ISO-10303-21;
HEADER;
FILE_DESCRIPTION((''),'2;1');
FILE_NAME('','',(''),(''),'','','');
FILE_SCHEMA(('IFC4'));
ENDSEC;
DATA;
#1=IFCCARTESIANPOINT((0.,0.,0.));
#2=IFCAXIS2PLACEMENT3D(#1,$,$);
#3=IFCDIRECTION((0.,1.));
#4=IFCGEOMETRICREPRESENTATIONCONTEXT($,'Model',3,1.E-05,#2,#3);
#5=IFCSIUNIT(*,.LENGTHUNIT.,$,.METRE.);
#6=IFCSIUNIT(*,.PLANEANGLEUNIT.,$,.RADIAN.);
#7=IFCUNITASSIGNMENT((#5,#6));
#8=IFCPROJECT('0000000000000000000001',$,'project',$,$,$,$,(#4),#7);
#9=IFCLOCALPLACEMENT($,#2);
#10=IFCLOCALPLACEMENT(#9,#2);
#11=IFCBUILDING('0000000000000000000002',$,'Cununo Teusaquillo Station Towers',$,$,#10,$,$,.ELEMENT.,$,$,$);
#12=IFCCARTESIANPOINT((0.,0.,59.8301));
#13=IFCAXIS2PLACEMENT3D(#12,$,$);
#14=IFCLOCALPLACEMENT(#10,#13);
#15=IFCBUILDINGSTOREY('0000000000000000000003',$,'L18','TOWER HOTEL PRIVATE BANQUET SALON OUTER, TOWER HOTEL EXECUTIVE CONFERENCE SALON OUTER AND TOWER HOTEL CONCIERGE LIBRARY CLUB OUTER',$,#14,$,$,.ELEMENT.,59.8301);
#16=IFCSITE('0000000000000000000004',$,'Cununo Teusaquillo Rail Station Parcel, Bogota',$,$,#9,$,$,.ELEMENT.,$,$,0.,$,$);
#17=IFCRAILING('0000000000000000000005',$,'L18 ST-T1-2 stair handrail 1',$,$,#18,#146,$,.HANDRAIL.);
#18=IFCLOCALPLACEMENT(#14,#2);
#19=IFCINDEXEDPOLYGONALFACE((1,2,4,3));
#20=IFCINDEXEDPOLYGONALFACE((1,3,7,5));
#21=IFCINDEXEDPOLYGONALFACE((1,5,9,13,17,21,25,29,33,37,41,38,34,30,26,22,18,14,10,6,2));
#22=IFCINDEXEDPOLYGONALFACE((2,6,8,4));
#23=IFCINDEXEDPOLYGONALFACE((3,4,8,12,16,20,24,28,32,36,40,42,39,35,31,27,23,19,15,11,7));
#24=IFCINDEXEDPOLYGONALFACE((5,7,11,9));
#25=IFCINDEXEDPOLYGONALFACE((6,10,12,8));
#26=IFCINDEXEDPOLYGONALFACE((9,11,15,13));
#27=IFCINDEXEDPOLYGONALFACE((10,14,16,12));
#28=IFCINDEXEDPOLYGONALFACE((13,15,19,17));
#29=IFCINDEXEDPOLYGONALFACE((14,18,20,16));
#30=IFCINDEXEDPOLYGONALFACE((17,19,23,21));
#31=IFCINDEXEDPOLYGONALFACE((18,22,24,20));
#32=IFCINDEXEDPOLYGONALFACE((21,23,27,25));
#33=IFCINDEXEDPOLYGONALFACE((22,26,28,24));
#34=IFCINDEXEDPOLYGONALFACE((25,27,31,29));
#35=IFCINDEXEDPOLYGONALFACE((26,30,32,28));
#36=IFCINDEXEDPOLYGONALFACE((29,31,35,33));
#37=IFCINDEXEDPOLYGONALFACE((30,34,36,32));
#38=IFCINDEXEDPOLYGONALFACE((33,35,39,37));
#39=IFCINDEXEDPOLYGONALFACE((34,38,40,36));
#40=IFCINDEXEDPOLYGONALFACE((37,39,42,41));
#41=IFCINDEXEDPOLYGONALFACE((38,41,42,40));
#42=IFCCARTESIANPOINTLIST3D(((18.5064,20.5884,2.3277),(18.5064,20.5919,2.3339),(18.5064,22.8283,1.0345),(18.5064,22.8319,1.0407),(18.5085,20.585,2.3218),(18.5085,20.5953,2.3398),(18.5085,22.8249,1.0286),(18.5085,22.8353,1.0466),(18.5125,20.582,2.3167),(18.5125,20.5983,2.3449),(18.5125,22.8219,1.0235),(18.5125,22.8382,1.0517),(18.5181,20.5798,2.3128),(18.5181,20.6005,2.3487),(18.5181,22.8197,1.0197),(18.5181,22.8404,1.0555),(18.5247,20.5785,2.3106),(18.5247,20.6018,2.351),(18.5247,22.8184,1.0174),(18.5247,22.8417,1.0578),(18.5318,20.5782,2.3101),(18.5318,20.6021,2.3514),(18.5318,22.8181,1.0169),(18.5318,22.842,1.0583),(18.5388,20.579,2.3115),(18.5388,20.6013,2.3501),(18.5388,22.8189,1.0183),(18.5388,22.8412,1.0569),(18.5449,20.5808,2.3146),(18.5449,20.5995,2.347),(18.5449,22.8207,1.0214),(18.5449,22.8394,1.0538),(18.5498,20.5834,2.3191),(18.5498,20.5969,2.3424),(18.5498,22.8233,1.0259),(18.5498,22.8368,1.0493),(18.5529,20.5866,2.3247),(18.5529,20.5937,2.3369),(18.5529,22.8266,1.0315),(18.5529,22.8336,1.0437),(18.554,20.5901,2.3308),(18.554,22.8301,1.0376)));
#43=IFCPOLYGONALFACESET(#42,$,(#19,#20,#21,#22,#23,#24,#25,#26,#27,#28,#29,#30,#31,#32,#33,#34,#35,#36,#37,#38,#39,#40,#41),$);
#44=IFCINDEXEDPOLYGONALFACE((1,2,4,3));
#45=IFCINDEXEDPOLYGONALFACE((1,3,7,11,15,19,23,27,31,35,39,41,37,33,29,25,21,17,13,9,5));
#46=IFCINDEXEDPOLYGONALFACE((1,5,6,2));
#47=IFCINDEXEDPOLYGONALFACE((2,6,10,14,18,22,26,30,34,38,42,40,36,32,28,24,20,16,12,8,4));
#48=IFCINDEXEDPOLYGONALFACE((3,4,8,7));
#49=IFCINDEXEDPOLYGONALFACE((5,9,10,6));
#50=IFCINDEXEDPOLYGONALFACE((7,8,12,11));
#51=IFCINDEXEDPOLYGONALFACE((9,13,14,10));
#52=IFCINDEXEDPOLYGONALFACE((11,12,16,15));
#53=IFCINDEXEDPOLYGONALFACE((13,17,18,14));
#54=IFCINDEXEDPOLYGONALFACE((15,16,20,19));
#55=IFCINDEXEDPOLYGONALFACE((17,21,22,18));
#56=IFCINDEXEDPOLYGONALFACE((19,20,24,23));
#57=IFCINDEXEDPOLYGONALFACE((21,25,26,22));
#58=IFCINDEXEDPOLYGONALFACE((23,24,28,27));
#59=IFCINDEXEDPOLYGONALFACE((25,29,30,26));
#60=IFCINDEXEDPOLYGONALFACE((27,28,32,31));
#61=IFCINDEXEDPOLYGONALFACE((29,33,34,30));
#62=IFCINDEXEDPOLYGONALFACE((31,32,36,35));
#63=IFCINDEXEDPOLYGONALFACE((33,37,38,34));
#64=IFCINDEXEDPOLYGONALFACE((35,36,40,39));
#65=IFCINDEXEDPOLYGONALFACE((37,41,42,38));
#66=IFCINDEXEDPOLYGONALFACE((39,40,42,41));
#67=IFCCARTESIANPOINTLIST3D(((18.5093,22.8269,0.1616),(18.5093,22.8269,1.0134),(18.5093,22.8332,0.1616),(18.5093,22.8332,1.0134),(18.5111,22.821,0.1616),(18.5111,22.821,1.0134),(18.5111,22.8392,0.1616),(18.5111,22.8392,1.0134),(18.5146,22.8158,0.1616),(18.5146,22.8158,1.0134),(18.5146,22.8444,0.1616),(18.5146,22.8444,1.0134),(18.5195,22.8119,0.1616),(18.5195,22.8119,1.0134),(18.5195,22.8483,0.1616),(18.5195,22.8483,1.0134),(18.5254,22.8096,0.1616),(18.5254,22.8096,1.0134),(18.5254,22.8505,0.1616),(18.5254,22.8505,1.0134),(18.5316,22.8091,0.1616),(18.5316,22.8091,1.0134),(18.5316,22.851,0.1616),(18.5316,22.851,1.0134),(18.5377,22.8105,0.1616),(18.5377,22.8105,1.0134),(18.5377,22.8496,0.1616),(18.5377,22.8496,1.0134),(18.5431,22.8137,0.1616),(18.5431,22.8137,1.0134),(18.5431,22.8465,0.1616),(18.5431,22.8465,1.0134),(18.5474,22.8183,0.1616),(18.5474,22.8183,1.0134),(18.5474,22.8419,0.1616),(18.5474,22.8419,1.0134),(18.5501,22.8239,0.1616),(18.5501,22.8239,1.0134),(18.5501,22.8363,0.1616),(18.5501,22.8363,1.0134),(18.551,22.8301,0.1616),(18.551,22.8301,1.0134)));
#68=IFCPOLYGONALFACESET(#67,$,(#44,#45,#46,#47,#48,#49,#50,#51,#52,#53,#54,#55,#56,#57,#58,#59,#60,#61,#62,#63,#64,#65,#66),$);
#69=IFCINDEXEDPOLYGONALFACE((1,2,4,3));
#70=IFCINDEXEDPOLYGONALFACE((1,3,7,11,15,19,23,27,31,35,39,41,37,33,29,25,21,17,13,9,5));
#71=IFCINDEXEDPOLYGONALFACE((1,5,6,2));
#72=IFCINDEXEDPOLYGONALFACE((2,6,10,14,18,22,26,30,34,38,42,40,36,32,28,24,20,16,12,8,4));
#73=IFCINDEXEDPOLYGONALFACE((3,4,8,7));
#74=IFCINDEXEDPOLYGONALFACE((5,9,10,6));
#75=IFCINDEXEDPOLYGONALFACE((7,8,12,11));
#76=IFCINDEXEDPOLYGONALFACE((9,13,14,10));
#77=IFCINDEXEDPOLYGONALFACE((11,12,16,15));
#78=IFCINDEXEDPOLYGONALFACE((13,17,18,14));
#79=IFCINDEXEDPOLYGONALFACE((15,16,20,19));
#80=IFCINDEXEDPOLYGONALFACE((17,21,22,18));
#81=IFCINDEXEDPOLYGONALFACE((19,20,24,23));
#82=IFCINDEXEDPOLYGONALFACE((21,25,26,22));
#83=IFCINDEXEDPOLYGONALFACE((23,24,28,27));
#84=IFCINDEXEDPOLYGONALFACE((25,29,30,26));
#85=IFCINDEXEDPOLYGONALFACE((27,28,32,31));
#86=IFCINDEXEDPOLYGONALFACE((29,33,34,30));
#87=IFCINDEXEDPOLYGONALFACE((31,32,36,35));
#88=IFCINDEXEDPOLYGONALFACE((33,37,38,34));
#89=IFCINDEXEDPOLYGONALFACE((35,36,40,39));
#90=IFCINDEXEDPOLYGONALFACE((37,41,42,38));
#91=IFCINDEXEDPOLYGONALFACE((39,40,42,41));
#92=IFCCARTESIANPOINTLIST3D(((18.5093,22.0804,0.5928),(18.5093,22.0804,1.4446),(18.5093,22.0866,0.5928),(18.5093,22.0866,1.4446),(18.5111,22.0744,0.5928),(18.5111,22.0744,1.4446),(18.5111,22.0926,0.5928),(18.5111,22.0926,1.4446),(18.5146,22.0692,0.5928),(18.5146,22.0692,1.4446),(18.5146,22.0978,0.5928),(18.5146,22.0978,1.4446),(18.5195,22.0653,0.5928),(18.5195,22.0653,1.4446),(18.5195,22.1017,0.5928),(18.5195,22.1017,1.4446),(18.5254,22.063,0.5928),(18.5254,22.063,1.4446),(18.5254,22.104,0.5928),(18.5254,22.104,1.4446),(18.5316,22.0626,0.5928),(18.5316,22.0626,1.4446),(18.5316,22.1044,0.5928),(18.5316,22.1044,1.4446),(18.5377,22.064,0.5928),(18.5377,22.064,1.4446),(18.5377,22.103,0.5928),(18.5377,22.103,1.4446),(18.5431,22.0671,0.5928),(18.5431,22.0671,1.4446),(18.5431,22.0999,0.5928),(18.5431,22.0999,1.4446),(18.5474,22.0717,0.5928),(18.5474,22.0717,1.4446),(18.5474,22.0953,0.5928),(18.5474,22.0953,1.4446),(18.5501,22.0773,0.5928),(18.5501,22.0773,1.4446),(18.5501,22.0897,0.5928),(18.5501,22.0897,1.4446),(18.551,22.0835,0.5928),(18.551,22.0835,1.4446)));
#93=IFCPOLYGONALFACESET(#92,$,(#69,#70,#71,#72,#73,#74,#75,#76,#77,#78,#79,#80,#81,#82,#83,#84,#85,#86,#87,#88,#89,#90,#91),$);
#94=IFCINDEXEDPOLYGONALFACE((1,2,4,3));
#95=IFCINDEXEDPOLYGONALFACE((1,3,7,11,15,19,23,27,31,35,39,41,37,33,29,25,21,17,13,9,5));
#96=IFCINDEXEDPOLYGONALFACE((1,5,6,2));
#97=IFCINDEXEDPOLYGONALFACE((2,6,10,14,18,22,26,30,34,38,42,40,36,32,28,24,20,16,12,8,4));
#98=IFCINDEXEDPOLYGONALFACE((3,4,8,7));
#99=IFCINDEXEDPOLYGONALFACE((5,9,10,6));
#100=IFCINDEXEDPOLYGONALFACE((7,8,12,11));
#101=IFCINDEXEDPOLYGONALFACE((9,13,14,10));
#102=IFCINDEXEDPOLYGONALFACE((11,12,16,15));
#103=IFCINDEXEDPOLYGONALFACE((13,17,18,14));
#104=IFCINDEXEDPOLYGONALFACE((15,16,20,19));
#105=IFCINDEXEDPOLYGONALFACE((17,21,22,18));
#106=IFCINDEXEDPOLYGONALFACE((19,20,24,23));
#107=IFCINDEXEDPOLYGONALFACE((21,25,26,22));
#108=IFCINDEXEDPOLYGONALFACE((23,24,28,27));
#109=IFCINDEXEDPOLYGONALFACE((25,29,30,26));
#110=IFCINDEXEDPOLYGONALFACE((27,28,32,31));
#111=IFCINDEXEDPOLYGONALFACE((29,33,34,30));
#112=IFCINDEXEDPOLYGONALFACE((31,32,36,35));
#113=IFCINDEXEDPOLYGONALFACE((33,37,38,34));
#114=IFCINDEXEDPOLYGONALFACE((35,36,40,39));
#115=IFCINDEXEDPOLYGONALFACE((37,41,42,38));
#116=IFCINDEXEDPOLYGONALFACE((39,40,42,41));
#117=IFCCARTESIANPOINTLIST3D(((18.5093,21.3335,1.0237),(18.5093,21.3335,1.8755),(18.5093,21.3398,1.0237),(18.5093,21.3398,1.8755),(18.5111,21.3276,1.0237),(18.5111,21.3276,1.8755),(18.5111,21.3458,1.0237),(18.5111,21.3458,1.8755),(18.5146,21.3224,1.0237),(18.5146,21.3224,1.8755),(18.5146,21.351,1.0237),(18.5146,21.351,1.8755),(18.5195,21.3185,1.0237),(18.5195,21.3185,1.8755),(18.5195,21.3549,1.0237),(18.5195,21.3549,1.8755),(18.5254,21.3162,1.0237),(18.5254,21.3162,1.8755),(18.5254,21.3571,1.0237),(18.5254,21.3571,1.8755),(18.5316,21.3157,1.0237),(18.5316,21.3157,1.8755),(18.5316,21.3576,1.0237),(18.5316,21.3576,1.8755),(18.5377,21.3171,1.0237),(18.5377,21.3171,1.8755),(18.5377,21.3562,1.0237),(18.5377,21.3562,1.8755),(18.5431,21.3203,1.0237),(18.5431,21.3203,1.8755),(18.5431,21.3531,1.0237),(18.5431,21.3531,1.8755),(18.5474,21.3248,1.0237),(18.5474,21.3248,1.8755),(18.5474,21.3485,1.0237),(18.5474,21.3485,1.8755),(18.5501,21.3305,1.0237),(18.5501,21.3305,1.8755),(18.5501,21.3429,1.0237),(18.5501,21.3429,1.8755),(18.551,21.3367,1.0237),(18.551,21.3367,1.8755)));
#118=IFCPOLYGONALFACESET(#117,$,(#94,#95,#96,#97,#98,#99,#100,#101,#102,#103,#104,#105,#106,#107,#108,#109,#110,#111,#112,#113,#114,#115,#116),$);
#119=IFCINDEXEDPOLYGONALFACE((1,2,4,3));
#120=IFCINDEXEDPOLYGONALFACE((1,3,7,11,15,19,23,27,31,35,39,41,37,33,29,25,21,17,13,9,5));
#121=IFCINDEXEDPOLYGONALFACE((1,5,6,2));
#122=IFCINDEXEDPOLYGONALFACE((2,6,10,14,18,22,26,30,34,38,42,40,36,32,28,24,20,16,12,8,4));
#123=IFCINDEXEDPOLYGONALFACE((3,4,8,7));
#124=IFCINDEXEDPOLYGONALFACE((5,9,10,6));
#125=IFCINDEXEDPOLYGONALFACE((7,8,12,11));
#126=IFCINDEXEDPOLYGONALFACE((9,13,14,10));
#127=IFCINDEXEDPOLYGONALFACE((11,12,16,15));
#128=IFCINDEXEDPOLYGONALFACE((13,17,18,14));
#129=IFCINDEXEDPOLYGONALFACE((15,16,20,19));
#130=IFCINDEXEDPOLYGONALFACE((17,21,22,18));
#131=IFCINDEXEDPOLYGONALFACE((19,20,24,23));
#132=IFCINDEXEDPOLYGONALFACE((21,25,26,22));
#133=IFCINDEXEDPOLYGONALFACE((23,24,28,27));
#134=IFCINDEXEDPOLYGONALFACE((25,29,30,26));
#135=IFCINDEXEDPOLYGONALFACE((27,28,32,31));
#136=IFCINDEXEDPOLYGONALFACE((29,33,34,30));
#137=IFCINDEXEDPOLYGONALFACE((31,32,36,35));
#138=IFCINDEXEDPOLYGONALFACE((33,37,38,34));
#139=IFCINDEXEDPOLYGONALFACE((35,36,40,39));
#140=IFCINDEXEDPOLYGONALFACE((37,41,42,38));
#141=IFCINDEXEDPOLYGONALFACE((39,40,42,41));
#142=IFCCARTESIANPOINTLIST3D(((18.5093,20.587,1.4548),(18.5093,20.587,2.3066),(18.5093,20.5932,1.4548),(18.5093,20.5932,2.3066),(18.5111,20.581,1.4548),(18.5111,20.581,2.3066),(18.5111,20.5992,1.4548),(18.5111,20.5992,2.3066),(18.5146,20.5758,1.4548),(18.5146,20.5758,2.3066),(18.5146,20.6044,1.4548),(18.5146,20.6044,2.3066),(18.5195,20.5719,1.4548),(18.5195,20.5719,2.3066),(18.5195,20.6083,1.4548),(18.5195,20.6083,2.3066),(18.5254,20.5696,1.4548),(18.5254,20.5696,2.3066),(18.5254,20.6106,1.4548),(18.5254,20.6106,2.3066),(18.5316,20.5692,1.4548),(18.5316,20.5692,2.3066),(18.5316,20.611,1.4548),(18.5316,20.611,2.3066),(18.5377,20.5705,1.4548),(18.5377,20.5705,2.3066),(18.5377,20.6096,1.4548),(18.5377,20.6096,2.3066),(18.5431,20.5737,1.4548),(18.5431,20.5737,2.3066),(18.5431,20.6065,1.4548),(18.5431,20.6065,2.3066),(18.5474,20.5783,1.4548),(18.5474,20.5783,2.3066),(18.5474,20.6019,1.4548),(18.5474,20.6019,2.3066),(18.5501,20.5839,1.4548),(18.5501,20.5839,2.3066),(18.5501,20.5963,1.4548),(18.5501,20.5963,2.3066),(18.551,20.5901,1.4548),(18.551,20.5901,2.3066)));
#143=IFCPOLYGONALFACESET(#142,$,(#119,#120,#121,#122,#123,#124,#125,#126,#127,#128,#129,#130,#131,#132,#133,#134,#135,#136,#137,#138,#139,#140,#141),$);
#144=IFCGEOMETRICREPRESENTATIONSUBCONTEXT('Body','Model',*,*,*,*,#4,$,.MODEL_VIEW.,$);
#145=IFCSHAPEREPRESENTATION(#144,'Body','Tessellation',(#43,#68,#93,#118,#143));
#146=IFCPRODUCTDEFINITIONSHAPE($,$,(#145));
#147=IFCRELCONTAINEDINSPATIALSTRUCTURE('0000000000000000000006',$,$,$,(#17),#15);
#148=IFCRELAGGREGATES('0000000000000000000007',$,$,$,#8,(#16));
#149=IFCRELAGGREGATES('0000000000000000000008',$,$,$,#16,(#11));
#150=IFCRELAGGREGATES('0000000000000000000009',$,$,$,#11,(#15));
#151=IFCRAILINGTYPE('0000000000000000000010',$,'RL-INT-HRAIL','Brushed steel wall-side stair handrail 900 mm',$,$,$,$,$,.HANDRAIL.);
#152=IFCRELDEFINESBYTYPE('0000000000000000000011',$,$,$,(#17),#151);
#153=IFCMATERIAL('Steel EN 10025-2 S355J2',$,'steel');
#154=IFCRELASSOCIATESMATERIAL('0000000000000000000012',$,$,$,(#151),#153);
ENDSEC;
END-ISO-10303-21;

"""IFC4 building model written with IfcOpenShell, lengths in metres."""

from ifc_helpers import new_model, si_unit, direction, frame, origin, origin_2d, place, context, subcontext, project, spatial, circle, extrude, material, type_object, element, save


model = new_model("IFC4")

# Units and contexts
model_context = context("Model", 3, precision=1e-05, world=origin(), true_north=direction((0.0, 1.0)))
body_context = subcontext(model_context, "Body", "Model", "MODEL_VIEW")
ifc_project = project(units=[si_unit("LENGTHUNIT", "METRE"), si_unit("PLANEANGLEUNIT", "RADIAN")], contexts=[model_context])

# Site, building, storey
site_placement = place(None, origin())
site = spatial("IfcSite", under=ifc_project, at=site_placement, Name="Cununo Teusaquillo Rail Station Parcel, Bogota", CompositionType="ELEMENT", RefElevation=0.0)
building_placement = place(site_placement, origin())
building = spatial("IfcBuilding", under=site, at=building_placement, Name="Cununo Teusaquillo Station Towers", CompositionType="ELEMENT")
storey_placement = place(building_placement, frame((0.0, 0.0, 59.8301)))
storey = spatial("IfcBuildingStorey", under=building, at=storey_placement, Name="L18", Description="TOWER HOTEL PRIVATE BANQUET SALON OUTER, TOWER HOTEL EXECUTIVE CONFERENCE SALON OUTER AND TOWER HOTEL CONCIERGE LIBRARY CLUB OUTER", CompositionType="ELEMENT", Elevation=59.8301)

# Railing
ifc_material_1 = material(Name="Steel EN 10025-2 S355J2", Category="steel")
railing_type_1 = type_object("IfcRailingType", Name="RL-INT-HRAIL", Description="Brushed steel wall-side stair handrail 900 mm", PredefinedType="HANDRAIL", material=ifc_material_1)
railing_1_placement = place(storey_placement, frame((18.53, 22.8301, 0.1616)))
element("IfcRailing", 1, at=railing_1_placement, inside=storey, type_object=railing_type_1, Name="L18 ST-T1-2 stair handrail 1", PredefinedType="HANDRAIL", context=body_context, shape_type="SweptSolid", body=[
    extrude(circle(Radius=0.0239, at=origin_2d()), frame((0.0, 0.0, 0.876), z_axis=(0.0, -0.866033, 0.499987), x_axis=(1.0, 0.0, 0.0)), (0.0, 0.0, 1.0), 2.5864),
    extrude(circle(Radius=0.021, at=origin_2d()), origin(), (0.0, 0.0, 1.0), 0.8518),
    extrude(circle(Radius=0.021, at=origin_2d()), frame((0.0, -0.7466, 0.4312)), (0.0, 0.0, 1.0), 0.8518),
    extrude(circle(Radius=0.021, at=origin_2d()), frame((0.0, -1.4934, 0.8621)), (0.0, 0.0, 1.0), 0.8518),
    extrude(circle(Radius=0.021, at=origin_2d()), frame((0.0, -2.24, 1.2932)), (0.0, 0.0, 1.0), 0.8518),
])

save(model, "model.ifc")
